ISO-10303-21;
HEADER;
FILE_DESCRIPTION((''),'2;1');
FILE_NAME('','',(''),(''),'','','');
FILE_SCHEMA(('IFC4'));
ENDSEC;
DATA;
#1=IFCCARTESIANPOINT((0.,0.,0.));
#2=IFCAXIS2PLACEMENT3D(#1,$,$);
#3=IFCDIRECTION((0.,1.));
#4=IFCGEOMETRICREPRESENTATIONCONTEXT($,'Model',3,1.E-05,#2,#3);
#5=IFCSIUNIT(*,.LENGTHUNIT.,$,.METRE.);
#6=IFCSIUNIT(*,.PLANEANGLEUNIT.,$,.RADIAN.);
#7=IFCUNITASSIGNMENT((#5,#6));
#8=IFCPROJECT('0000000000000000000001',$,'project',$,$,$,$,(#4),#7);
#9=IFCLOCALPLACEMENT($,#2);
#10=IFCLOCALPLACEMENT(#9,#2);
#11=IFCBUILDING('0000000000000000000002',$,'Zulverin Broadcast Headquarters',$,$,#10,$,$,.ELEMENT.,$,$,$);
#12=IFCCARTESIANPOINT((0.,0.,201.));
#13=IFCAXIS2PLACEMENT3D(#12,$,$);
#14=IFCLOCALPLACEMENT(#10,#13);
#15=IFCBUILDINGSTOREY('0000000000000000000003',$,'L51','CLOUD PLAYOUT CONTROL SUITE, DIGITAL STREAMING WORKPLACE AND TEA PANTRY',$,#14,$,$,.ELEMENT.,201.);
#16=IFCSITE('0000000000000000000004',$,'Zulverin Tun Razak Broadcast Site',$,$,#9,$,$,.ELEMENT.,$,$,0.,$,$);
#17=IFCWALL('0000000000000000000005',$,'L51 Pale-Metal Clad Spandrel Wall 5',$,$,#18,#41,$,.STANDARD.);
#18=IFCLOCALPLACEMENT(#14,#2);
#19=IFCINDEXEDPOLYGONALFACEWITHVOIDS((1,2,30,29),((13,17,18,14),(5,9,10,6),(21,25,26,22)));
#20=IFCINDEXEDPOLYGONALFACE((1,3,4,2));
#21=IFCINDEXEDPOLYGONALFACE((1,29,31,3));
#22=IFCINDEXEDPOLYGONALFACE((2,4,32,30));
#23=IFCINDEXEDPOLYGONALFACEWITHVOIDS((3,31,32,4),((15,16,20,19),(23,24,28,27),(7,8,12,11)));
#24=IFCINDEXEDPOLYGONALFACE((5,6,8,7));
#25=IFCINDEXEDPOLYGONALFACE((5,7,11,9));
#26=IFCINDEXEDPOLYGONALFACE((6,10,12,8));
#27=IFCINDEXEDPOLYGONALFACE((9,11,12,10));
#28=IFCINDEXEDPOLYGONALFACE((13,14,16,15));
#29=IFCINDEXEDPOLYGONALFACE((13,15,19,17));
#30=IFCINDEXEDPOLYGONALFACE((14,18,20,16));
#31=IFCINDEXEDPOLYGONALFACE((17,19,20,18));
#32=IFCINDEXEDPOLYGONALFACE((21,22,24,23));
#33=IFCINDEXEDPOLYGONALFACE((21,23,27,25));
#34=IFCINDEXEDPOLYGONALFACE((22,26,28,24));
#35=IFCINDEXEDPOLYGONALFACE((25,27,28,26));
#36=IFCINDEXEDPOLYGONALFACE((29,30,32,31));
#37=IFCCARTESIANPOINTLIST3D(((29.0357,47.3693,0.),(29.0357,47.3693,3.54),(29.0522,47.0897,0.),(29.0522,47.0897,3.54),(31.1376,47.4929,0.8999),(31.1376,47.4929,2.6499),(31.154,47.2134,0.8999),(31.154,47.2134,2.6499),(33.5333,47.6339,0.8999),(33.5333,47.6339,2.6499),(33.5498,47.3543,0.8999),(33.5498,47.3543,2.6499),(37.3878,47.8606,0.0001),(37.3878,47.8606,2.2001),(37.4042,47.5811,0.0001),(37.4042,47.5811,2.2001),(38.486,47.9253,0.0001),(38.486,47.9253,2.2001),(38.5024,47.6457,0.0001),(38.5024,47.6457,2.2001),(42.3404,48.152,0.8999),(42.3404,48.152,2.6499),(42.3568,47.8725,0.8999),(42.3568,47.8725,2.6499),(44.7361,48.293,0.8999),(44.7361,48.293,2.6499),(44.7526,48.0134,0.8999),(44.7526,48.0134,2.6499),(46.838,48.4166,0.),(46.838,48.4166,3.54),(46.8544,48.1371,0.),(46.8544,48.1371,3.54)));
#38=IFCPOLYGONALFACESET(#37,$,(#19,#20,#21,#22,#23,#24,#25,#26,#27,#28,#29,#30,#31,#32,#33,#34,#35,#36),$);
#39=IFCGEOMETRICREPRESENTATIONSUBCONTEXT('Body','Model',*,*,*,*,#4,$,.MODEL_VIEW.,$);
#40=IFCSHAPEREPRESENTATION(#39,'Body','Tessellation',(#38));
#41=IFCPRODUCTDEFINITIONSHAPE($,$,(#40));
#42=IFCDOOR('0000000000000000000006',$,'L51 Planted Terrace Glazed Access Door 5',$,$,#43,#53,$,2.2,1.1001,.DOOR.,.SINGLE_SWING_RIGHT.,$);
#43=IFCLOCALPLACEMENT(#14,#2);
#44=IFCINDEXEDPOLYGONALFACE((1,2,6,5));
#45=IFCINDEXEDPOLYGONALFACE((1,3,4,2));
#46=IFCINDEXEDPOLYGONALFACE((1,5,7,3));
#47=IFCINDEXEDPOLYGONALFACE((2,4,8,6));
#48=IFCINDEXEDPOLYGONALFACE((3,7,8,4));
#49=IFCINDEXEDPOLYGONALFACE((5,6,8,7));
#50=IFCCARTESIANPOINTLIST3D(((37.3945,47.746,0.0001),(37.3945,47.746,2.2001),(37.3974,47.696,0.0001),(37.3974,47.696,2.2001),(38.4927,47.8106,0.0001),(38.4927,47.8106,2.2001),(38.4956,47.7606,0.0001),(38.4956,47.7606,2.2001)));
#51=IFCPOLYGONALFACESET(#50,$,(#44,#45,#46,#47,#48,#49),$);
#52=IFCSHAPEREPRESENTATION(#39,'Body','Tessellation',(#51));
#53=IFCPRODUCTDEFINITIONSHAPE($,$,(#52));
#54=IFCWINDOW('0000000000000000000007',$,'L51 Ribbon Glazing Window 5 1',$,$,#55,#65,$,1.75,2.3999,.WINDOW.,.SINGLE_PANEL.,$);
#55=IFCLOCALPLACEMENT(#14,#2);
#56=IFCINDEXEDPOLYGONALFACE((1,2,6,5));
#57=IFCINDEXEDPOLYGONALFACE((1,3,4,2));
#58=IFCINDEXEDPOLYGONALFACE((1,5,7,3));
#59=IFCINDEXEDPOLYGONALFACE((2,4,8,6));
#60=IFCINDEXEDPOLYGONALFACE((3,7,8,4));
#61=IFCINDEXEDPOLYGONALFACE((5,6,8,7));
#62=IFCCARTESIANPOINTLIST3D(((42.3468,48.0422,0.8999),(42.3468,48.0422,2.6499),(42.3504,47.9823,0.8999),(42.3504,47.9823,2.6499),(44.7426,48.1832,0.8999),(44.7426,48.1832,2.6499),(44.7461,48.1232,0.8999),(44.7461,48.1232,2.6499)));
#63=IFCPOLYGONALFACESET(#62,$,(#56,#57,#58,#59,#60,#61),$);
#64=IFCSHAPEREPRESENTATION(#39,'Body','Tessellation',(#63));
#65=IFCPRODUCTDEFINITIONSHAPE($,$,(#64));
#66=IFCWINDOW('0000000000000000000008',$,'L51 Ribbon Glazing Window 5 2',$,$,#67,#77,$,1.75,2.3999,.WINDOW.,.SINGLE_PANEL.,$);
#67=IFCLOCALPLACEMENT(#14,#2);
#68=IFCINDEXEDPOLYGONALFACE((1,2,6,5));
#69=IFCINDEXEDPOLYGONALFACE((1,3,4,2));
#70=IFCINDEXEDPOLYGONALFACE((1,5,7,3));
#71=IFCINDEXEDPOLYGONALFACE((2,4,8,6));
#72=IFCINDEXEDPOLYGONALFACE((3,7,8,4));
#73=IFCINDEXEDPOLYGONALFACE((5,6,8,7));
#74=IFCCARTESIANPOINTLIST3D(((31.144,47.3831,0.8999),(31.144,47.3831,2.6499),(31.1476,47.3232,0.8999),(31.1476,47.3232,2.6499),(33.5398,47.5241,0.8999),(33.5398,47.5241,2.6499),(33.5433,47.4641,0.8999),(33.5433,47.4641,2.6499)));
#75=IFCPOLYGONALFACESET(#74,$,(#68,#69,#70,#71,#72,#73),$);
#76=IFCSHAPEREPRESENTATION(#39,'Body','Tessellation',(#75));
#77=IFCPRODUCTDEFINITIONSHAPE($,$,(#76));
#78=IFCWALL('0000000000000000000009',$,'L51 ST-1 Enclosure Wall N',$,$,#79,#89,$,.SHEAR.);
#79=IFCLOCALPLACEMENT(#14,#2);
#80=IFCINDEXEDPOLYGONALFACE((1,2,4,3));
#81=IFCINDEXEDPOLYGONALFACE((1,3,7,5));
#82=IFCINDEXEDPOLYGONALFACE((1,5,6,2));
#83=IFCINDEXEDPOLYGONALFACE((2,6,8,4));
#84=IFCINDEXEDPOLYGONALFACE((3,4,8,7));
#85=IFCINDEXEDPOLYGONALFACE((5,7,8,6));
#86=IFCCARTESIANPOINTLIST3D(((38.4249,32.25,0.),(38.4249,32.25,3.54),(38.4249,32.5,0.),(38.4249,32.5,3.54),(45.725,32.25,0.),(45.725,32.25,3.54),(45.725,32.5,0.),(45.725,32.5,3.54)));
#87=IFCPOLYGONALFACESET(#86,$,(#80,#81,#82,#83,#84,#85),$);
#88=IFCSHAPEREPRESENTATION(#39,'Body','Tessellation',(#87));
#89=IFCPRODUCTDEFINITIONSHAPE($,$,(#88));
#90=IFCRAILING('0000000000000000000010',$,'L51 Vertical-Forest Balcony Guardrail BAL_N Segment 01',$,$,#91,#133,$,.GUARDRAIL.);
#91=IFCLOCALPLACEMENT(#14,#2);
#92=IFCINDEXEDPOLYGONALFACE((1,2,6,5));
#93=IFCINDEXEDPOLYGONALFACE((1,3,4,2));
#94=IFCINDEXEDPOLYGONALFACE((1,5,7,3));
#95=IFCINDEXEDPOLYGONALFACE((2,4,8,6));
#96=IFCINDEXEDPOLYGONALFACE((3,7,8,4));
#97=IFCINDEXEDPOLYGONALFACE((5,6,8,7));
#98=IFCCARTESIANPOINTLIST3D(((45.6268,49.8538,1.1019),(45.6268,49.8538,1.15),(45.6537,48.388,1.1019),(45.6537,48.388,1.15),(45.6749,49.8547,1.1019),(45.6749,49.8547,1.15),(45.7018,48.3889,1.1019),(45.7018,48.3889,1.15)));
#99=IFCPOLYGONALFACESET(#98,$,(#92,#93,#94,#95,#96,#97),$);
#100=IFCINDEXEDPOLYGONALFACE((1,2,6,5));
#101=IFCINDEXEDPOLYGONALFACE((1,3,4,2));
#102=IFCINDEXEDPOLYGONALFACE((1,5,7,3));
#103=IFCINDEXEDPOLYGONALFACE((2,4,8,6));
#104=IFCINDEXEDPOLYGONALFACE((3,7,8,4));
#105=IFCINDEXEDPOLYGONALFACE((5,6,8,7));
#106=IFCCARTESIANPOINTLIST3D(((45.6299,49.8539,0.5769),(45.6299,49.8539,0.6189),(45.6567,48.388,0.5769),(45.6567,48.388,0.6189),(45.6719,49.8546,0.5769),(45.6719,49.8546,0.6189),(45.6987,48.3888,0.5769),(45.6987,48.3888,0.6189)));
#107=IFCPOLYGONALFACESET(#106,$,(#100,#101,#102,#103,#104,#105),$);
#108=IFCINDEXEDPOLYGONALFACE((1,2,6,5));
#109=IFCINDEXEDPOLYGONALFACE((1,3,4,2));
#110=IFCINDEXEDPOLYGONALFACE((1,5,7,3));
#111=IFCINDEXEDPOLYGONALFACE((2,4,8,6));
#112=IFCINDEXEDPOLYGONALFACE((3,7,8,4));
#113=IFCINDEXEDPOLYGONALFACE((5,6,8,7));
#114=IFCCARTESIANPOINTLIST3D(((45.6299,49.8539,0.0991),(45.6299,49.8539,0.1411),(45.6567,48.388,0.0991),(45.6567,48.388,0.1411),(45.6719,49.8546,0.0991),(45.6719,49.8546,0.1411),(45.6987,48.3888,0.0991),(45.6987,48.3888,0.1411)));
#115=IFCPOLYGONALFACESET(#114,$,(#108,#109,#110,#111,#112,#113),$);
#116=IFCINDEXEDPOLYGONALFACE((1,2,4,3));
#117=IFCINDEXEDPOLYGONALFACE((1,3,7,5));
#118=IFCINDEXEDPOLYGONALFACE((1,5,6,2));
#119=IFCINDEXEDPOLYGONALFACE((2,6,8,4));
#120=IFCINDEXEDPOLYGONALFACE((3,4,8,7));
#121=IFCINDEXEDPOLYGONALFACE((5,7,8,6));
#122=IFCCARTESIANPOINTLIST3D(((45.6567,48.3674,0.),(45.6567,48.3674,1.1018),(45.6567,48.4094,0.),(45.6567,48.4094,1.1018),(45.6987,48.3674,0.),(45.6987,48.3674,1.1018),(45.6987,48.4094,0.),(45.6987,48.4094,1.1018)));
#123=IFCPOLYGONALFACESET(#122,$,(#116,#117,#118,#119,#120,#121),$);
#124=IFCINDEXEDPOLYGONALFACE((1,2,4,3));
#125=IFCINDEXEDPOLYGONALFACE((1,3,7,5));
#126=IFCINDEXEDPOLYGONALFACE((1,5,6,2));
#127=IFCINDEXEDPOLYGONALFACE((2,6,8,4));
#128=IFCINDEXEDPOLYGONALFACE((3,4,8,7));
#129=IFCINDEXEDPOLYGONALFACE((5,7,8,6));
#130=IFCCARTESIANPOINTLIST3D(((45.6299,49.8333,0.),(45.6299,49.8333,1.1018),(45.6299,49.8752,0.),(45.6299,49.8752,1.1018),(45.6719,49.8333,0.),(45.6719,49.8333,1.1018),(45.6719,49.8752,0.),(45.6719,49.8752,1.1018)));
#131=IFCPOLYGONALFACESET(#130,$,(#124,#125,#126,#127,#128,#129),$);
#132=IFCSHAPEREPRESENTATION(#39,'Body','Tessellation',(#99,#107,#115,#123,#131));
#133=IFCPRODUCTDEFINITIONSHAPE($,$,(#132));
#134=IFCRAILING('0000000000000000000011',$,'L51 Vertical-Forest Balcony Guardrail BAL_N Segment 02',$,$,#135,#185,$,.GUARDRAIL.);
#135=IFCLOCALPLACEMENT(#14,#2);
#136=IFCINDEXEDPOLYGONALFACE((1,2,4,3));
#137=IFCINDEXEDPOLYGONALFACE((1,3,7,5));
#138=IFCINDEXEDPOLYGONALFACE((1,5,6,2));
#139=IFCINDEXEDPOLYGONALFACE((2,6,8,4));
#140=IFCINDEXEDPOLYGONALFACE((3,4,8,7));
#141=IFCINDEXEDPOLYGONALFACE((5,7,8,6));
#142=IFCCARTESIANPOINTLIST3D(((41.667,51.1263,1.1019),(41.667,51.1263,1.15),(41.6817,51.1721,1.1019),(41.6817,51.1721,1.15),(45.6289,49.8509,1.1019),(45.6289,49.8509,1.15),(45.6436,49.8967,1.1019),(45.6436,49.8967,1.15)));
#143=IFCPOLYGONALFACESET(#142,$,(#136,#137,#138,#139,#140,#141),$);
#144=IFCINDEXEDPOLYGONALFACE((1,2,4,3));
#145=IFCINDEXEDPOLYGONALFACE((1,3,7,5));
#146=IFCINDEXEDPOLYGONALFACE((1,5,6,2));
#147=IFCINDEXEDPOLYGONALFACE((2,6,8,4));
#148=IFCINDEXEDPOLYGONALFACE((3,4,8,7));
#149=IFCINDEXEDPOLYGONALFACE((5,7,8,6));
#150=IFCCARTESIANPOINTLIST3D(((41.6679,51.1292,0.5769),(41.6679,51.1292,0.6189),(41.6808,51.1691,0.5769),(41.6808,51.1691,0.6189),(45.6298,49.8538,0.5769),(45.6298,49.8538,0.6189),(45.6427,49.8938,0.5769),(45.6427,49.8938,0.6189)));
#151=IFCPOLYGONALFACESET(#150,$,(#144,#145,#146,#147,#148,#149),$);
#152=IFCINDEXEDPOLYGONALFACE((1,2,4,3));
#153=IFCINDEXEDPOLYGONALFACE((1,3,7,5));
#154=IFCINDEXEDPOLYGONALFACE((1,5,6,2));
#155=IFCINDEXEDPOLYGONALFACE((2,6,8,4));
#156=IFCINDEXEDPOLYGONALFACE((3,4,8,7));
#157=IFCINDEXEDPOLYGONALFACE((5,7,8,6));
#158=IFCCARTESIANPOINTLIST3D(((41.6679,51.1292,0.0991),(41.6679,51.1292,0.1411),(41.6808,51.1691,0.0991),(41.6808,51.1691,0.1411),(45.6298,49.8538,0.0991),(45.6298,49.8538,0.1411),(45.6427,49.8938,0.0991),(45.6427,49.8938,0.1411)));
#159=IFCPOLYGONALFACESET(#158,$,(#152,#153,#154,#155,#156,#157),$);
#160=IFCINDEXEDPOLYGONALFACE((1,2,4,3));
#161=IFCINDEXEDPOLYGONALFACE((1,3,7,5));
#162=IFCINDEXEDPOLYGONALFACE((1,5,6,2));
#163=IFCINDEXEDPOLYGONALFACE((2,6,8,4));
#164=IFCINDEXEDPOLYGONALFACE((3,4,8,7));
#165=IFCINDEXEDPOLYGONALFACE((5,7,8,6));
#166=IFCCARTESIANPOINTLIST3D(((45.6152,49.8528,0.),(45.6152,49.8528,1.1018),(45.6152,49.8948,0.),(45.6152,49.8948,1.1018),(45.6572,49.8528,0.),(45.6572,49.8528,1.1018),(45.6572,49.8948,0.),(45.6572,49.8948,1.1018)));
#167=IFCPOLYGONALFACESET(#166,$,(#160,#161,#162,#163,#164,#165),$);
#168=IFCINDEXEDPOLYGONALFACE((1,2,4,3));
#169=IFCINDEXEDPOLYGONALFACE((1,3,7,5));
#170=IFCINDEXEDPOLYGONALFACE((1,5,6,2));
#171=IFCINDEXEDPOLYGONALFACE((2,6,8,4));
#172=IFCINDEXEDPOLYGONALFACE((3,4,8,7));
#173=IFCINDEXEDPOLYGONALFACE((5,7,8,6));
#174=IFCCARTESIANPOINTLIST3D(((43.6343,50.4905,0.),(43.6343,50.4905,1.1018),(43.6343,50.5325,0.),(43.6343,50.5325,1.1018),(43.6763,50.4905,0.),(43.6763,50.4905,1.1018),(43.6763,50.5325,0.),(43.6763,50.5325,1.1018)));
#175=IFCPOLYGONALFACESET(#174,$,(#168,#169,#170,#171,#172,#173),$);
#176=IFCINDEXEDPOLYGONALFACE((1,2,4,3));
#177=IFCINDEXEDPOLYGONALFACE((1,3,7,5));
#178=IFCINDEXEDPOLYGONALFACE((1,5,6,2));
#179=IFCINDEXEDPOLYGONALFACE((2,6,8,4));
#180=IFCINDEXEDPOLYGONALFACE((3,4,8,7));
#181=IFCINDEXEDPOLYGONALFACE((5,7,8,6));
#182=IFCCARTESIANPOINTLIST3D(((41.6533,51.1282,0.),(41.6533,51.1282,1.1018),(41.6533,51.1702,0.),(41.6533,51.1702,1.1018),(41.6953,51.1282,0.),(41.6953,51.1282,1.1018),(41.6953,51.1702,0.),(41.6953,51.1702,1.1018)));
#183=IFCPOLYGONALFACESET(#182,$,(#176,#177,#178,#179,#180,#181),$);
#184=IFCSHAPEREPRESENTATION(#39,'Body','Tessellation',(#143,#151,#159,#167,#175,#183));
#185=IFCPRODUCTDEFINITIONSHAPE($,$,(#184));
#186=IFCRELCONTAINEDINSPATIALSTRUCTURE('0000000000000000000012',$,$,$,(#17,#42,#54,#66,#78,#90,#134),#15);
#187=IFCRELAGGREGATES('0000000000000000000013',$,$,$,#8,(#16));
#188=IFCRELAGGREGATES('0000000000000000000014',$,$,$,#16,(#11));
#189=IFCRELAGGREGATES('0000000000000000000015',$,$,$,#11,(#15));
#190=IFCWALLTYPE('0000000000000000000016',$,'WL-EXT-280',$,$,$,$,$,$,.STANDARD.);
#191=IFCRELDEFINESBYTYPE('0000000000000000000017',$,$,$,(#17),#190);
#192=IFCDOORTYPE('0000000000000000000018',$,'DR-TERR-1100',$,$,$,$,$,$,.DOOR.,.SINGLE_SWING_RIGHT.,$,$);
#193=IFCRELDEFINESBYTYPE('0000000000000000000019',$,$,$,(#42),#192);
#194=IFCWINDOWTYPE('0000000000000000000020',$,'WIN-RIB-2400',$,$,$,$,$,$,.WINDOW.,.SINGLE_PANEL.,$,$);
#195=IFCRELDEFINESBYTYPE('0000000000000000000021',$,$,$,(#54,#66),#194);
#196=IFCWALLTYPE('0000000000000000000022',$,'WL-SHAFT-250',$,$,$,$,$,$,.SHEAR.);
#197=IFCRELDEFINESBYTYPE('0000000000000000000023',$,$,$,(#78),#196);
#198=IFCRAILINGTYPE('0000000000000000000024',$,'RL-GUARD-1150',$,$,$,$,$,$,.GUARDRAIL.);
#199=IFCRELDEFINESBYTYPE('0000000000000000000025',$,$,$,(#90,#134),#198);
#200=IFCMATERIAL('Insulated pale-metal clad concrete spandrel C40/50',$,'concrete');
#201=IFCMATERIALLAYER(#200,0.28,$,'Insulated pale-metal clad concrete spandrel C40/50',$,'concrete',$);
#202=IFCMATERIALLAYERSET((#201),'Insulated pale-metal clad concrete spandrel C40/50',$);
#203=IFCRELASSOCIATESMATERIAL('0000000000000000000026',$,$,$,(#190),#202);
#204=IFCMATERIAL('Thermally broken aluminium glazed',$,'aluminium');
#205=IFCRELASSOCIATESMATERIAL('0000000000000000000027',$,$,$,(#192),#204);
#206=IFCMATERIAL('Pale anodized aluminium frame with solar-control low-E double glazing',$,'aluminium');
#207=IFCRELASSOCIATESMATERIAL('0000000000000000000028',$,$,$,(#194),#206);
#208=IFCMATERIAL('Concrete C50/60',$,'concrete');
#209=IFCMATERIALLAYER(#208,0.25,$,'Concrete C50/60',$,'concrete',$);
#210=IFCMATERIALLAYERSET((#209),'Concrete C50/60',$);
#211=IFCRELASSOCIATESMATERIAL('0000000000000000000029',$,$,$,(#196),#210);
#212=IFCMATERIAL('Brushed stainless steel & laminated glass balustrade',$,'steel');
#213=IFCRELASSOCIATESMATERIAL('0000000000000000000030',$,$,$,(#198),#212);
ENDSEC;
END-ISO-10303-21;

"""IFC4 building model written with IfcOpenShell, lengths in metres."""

from ifc_helpers import new_model, si_unit, direction, frame, frame_2d, origin, origin_2d, place, context, subcontext, project, spatial, rectangle, extrude, material, layer, layer_set, type_object, element, fill, save


model = new_model("IFC4")

# Units and contexts
model_context = context("Model", 3, precision=1e-05, world=origin(), true_north=direction((0.0, 1.0)))
body_context = subcontext(model_context, "Body", "Model", "MODEL_VIEW")
ifc_project = project(units=[si_unit("LENGTHUNIT", "METRE"), si_unit("PLANEANGLEUNIT", "RADIAN")], contexts=[model_context])

# Site, building, storey
site_placement = place(None, origin())
site = spatial("IfcSite", under=ifc_project, at=site_placement, Name="Zulverin Tun Razak Broadcast Site", CompositionType="ELEMENT", RefElevation=0.0)
building_placement = place(site_placement, origin())
building = spatial("IfcBuilding", under=site, at=building_placement, Name="Zulverin Broadcast Headquarters", CompositionType="ELEMENT")
storey_placement = place(building_placement, frame((0.0, 0.0, 201.0)))
storey = spatial("IfcBuildingStorey", under=building, at=storey_placement, Name="L51", Description="CLOUD PLAYOUT CONTROL SUITE, DIGITAL STREAMING WORKPLACE AND TEA PANTRY", CompositionType="ELEMENT", Elevation=201.0)

# Shared definitions
ifc_material_1 = material(Name="Concrete C50/60", Category="concrete")

# Wall, openings, door, windows
ifc_material_2 = material(Name="Insulated pale-metal clad concrete spandrel C40/50", Category="concrete")
ifc_layer_1 = layer(ifc_material_2, 0.28, Name="Insulated pale-metal clad concrete spandrel C40/50", Category="concrete")
ifc_layer_set_1 = layer_set([ifc_layer_1], Name="Insulated pale-metal clad concrete spandrel C40/50")
wall_type_1 = type_object("IfcWallType", Name="WL-EXT-280", PredefinedType="STANDARD", material=ifc_layer_set_1)
wall_1_placement = place(storey_placement, frame((46.8462, 48.2769, 0.0), z_axis=(0.0, 0.0, 1.0), x_axis=(-0.998274, -0.058732, 0.0)))
wall_1 = element("IfcWall", 1, at=wall_1_placement, inside=storey, type_object=wall_type_1, Name="L51 Pale-Metal Clad Spandrel Wall 5", PredefinedType="STANDARD", context=body_context, shape_type="SweptSolid", body=[
    extrude(rectangle(XDim=17.833, YDim=0.28, at=frame_2d((8.9165, 0.0))), origin(), (0.0, 0.0, 1.0), 3.54),
])
opening_1_placement = place(wall_1_placement, frame((8.3665, 0.0, 0.0)))
opening_1 = element("IfcOpeningElement", 2, at=opening_1_placement, cuts=wall_1, PredefinedType="OPENING", context=body_context, shape_type="SweptSolid", body=[
    extrude(rectangle(XDim=1.1001, YDim=2.2, at=frame_2d((0.55, 1.1001))), frame((0.0, 0.1499, 0.0), z_axis=(0.0, -1.0, 0.0), x_axis=(1.0, 0.0, 0.0)), (0.0, 0.0, 1.0), 0.3),
])
opening_2_placement = place(wall_1_placement, frame((2.1055, 0.0, 0.8999)))
opening_2 = element("IfcOpeningElement", 3, at=opening_2_placement, cuts=wall_1, PredefinedType="OPENING", context=body_context, shape_type="SweptSolid", body=[
    extrude(rectangle(XDim=2.3999, YDim=1.75, at=frame_2d((1.2, 0.875))), frame((0.0, 0.1499, 0.0), z_axis=(0.0, -1.0, 0.0), x_axis=(1.0, 0.0, 0.0)), (0.0, 0.0, 1.0), 0.3),
])
opening_3_placement = place(wall_1_placement, frame((13.3276, 0.0, 0.8999)))
opening_3 = element("IfcOpeningElement", 4, at=opening_3_placement, cuts=wall_1, PredefinedType="OPENING", context=body_context, shape_type="SweptSolid", body=[
    extrude(rectangle(XDim=2.3999, YDim=1.75, at=frame_2d((1.2, 0.875))), frame((0.0, 0.1499, 0.0), z_axis=(0.0, -1.0, 0.0), x_axis=(1.0, 0.0, 0.0)), (0.0, 0.0, 1.0), 0.3),
])
ifc_material_3 = material(Name="Thermally broken aluminium glazed", Category="aluminium")
door_type = type_object("IfcDoorType", Name="DR-TERR-1100", OperationType="SINGLE_SWING_RIGHT", PredefinedType="DOOR", material=ifc_material_3)
door_placement = place(opening_1_placement, origin())
door = element("IfcDoor", 5, at=door_placement, inside=storey, type_object=door_type, Name="L51 Planted Terrace Glazed Access Door 5", OperationType="SINGLE_SWING_RIGHT", OverallHeight=2.2, OverallWidth=1.1001, PredefinedType="DOOR", context=body_context, shape_type="SweptSolid", body=[
    extrude(rectangle(XDim=1.1001, YDim=2.2, at=frame_2d((0.55, 1.1001))), frame((0.0, 0.0249, 0.0), z_axis=(0.0, -1.0, 0.0), x_axis=(1.0, 0.0, 0.0)), (0.0, 0.0, 1.0), 0.05),
])
fill(opening_1, door)
ifc_material_4 = material(Name="Pale anodized aluminium frame with solar-control low-E double glazing", Category="aluminium")
window_type = type_object("IfcWindowType", Name="WIN-RIB-2400", PartitioningType="SINGLE_PANEL", PredefinedType="WINDOW", material=ifc_material_4)
window_1_placement = place(opening_2_placement, origin())
window_1 = element("IfcWindow", 6, at=window_1_placement, inside=storey, type_object=window_type, Name="L51 Ribbon Glazing Window 5 1", OverallHeight=1.75, OverallWidth=2.3999, PartitioningType="SINGLE_PANEL", PredefinedType="WINDOW", context=body_context, shape_type="SweptSolid", body=[
    extrude(rectangle(XDim=2.3999, YDim=1.75, at=frame_2d((1.2, 0.875))), frame((0.0, 0.03, 0.0), z_axis=(0.0, -1.0, 0.0), x_axis=(1.0, 0.0, 0.0)), (0.0, 0.0, 1.0), 0.0601),
])
fill(opening_2, window_1)
window_2_placement = place(opening_3_placement, origin())
window_2 = element("IfcWindow", 7, at=window_2_placement, inside=storey, type_object=window_type, Name="L51 Ribbon Glazing Window 5 2", OverallHeight=1.75, OverallWidth=2.3999, PartitioningType="SINGLE_PANEL", PredefinedType="WINDOW", context=body_context, shape_type="SweptSolid", body=[
    extrude(rectangle(XDim=2.3999, YDim=1.75, at=frame_2d((1.2, 0.875))), frame((0.0, 0.03, 0.0), z_axis=(0.0, -1.0, 0.0), x_axis=(1.0, 0.0, 0.0)), (0.0, 0.0, 1.0), 0.0601),
])
fill(opening_3, window_2)

# Wall
ifc_layer_2 = layer(ifc_material_1, 0.25, Name="Concrete C50/60", Category="concrete")
ifc_layer_set_2 = layer_set([ifc_layer_2], Name="Concrete C50/60")
wall_type_2 = type_object("IfcWallType", Name="WL-SHAFT-250", PredefinedType="SHEAR", material=ifc_layer_set_2)
wall_2_placement = place(storey_placement, frame((38.425, 32.375, 0.0), z_axis=(0.0, 0.0, 1.0), x_axis=(1.0, 0.0, 0.0)))
element("IfcWall", 8, at=wall_2_placement, inside=storey, type_object=wall_type_2, Name="L51 ST-1 Enclosure Wall N", PredefinedType="SHEAR", context=body_context, shape_type="SweptSolid", body=[
    extrude(rectangle(XDim=7.3, YDim=0.25, at=frame_2d((3.6499, 0.0))), origin(), (0.0, 0.0, 1.0), 3.54),
])

# Railings
ifc_material_5 = material(Name="Brushed stainless steel & laminated glass balustrade", Category="steel")
railing_type_1 = type_object("IfcRailingType", Name="RL-GUARD-1150", PredefinedType="GUARDRAIL", material=ifc_material_5)
railing_1_placement = place(storey_placement, frame((45.6777, 48.3884, 0.0)))
element("IfcRailing", 9, at=railing_1_placement, inside=storey, type_object=railing_type_1, Name="L51 Vertical-Forest Balcony Guardrail BAL_N Segment 01", PredefinedType="GUARDRAIL", context=body_context, shape_type="SweptSolid", body=[
    extrude(rectangle(XDim=0.0481, YDim=0.0481, at=origin_2d()), frame((0.0, 0.0, 1.126), z_axis=(-0.018318, 0.999832, 0.0), x_axis=(-0.999832, -0.018318, 0.0)), (0.0, 0.0, 1.0), 1.4661),
    extrude(rectangle(XDim=0.042, YDim=0.042, at=origin_2d()), frame((0.0, 0.0, 0.5979), z_axis=(-0.018318, 0.999832, 0.0), x_axis=(-0.999832, -0.018318, 0.0)), (0.0, 0.0, 1.0), 1.4661),
    extrude(rectangle(XDim=0.042, YDim=0.042, at=origin_2d()), frame((0.0, 0.0, 0.1201), z_axis=(-0.018318, 0.999832, 0.0), x_axis=(-0.999832, -0.018318, 0.0)), (0.0, 0.0, 1.0), 1.4661),
    extrude(rectangle(XDim=0.042, YDim=0.042, at=origin_2d()), origin(), (0.0, 0.0, 1.0), 1.1018),
    extrude(rectangle(XDim=0.042, YDim=0.042, at=origin_2d()), frame((-0.0269, 1.4658, 0.0)), (0.0, 0.0, 1.0), 1.1018),
])
railing_2_placement = place(storey_placement, frame((45.6362, 49.8738, 0.0)))
element("IfcRailing", 10, at=railing_2_placement, inside=storey, type_object=railing_type_1, Name="L51 Vertical-Forest Balcony Guardrail BAL_N Segment 02", PredefinedType="GUARDRAIL", context=body_context, shape_type="SweptSolid", body=[
    extrude(rectangle(XDim=0.0481, YDim=0.0481, at=origin_2d()), frame((0.0, 0.0, 1.126), z_axis=(-0.951894, 0.306427, 0.0), x_axis=(-0.306427, -0.951894, 0.0)), (0.0, 0.0, 1.0), 4.1621),
    extrude(rectangle(XDim=0.042, YDim=0.042, at=origin_2d()), frame((0.0, 0.0, 0.5979), z_axis=(-0.951894, 0.306427, 0.0), x_axis=(-0.306427, -0.951894, 0.0)), (0.0, 0.0, 1.0), 4.1621),
    extrude(rectangle(XDim=0.042, YDim=0.042, at=origin_2d()), frame((0.0, 0.0, 0.1201), z_axis=(-0.951894, 0.306427, 0.0), x_axis=(-0.306427, -0.951894, 0.0)), (0.0, 0.0, 1.0), 4.1621),
    extrude(rectangle(XDim=0.042, YDim=0.042, at=origin_2d()), origin(), (0.0, 0.0, 1.0), 1.1018),
    extrude(rectangle(XDim=0.042, YDim=0.042, at=origin_2d()), frame((-1.981, 0.6377, 0.0)), (0.0, 0.0, 1.0), 1.1018),
    extrude(rectangle(XDim=0.042, YDim=0.042, at=origin_2d()), frame((-3.9619, 1.2754, 0.0)), (0.0, 0.0, 1.0), 1.1018),
])

save(model, "model.ifc")
